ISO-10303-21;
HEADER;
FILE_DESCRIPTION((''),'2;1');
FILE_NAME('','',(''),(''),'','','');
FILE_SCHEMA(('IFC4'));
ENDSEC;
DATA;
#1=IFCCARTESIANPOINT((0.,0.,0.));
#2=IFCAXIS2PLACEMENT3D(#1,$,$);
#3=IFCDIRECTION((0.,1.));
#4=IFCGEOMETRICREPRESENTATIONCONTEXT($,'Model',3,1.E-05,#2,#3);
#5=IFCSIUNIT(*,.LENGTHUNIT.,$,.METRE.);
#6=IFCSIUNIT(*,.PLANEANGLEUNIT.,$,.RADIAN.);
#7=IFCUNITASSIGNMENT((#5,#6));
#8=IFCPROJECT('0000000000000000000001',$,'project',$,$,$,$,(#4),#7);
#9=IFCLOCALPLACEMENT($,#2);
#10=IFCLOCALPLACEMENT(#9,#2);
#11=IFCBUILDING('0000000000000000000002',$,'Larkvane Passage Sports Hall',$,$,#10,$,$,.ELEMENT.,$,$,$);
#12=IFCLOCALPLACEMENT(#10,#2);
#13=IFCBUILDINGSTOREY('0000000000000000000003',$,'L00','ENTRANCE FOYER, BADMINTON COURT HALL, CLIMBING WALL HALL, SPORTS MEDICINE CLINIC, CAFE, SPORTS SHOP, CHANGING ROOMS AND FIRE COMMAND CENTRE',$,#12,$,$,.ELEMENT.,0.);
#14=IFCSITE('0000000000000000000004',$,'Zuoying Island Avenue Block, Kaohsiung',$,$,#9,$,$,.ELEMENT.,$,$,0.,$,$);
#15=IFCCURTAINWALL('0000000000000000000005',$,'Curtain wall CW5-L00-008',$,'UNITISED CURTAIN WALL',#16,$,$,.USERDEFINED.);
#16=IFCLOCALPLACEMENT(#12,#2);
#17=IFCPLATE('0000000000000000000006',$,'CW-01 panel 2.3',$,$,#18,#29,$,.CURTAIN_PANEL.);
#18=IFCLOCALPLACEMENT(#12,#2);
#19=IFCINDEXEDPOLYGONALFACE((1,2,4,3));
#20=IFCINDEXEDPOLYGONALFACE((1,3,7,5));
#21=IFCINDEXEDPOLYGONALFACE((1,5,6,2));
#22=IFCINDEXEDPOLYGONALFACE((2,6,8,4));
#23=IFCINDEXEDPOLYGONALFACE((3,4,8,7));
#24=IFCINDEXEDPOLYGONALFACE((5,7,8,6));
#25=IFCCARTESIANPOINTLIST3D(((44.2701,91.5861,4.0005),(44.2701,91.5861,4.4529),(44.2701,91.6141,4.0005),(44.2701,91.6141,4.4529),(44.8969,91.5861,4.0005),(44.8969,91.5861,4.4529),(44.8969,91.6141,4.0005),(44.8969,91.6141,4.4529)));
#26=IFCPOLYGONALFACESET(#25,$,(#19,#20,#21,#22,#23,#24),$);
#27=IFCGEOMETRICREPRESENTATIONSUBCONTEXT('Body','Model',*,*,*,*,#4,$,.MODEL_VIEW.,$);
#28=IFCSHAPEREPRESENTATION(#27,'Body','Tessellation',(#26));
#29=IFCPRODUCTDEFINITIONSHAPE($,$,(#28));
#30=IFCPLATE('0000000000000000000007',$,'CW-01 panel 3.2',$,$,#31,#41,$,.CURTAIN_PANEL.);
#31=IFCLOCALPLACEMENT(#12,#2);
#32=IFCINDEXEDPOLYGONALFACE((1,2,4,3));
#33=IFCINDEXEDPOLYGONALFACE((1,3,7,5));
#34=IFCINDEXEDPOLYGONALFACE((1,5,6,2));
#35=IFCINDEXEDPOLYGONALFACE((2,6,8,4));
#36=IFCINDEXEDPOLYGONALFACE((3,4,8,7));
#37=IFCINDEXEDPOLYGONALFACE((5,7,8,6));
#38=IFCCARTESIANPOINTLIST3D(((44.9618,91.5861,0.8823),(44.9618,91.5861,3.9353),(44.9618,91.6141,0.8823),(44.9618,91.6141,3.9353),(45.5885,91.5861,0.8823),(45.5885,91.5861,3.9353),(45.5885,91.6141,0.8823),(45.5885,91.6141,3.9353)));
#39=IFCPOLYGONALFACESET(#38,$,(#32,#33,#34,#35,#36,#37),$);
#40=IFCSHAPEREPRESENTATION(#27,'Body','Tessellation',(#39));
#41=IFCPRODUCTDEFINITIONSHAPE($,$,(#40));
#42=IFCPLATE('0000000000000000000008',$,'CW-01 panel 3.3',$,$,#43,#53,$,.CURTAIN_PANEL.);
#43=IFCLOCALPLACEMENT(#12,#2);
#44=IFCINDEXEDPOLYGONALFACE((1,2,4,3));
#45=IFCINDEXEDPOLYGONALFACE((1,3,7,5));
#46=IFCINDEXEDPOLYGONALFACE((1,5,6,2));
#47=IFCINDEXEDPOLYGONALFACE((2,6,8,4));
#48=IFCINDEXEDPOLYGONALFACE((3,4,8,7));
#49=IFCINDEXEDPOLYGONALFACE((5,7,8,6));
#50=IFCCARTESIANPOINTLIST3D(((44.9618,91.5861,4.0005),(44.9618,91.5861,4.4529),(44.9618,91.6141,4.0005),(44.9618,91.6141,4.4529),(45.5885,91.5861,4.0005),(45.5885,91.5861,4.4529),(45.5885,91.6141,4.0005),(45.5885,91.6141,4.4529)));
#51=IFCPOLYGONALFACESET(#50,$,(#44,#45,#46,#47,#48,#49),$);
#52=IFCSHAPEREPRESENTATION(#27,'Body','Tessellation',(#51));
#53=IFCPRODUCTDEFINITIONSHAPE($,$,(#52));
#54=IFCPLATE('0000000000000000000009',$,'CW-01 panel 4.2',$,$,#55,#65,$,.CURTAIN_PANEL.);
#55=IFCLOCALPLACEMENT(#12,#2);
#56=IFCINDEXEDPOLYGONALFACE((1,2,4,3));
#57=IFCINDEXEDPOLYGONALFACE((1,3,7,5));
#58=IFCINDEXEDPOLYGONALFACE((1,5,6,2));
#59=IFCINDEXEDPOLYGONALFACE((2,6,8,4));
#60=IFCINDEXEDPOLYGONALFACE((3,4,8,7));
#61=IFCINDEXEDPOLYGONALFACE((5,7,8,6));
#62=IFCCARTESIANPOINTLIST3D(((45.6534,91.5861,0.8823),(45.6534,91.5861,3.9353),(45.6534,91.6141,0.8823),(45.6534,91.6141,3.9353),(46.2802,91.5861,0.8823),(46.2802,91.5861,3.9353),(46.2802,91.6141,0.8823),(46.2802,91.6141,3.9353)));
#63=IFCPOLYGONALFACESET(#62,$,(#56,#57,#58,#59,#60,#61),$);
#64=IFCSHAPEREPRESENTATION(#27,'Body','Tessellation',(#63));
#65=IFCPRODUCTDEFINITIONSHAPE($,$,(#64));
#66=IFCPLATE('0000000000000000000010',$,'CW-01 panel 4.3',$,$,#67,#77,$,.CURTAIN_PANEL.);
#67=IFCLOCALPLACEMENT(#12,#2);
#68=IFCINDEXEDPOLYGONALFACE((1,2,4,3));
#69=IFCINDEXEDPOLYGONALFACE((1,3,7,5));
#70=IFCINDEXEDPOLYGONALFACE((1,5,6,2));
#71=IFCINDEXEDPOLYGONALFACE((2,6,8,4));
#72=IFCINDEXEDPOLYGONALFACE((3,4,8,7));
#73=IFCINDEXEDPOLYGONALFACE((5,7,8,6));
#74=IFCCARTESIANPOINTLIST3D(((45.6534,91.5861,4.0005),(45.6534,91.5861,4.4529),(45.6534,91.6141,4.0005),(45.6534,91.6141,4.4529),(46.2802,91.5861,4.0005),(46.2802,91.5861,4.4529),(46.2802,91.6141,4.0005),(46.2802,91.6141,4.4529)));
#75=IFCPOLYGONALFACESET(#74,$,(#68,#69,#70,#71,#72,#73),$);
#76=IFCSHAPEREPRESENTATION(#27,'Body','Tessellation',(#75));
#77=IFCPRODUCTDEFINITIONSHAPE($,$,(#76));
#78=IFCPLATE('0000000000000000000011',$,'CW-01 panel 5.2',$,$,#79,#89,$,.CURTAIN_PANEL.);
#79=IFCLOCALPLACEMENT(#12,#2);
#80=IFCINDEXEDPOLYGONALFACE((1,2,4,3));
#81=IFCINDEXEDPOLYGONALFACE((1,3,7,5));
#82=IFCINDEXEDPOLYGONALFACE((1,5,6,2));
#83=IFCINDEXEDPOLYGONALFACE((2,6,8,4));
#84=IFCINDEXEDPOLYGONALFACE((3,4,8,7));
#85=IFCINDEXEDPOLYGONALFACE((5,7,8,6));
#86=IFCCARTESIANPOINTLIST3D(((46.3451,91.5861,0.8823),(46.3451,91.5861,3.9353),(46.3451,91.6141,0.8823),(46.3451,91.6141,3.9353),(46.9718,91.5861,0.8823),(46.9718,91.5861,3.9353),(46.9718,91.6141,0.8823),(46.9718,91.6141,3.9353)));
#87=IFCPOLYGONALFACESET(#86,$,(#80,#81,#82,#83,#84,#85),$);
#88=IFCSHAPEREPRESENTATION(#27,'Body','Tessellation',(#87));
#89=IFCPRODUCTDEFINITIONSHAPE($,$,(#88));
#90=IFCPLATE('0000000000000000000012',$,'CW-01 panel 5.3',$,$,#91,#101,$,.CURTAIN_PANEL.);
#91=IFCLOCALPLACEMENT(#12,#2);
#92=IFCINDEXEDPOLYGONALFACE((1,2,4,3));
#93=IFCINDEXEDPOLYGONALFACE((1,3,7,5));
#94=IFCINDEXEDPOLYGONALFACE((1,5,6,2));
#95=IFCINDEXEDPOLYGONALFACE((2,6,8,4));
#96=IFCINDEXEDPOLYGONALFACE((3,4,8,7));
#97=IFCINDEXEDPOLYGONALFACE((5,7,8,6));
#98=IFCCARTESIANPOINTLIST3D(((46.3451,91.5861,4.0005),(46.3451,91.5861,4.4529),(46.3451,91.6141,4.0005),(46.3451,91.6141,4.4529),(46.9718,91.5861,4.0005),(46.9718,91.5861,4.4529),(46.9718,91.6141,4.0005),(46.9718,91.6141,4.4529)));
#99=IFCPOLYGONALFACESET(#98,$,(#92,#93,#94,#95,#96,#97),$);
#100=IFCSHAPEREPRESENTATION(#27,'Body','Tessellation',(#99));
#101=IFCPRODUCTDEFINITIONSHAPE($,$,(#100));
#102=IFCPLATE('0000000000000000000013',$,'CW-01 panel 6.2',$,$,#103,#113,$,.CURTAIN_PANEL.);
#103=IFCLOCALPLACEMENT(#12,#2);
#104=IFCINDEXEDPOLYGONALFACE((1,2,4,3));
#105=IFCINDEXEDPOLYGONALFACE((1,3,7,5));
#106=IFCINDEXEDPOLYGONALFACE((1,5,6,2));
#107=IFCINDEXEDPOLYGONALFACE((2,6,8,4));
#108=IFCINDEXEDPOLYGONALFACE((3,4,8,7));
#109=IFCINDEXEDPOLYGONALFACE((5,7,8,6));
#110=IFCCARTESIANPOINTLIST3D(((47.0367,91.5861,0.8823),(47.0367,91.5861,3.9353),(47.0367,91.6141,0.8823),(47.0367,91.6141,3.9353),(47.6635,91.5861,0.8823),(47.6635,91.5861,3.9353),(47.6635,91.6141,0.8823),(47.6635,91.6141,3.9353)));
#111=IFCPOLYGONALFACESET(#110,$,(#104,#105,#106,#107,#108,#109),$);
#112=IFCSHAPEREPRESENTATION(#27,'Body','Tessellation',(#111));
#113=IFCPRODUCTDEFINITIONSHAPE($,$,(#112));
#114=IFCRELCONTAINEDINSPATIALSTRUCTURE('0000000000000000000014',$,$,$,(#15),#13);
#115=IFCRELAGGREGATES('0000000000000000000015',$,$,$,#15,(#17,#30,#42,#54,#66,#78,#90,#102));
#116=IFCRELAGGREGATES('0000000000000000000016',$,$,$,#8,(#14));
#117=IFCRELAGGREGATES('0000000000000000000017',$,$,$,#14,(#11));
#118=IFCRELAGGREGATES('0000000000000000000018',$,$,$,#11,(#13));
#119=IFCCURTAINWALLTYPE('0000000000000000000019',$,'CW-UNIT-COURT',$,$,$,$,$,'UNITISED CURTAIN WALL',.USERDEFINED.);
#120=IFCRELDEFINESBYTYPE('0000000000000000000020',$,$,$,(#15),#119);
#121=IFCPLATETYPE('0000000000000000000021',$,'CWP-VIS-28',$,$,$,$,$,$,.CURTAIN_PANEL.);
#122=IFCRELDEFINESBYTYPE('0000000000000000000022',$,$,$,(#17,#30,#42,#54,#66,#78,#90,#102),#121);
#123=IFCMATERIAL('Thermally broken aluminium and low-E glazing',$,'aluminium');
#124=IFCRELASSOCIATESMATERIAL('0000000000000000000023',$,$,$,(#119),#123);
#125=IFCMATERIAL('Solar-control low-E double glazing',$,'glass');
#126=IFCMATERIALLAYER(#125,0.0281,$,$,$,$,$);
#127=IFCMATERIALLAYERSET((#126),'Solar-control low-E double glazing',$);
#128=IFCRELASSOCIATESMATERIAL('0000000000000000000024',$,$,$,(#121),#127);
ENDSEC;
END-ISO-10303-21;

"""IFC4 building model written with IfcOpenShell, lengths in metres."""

from ifc_helpers import new_model, si_unit, direction, frame, origin, origin_2d, place, context, subcontext, project, spatial, rectangle, extrude, material, layer, layer_set, type_object, element, aggregate, save


model = new_model("IFC4")

# Units and contexts
model_context = context("Model", 3, precision=1e-05, world=origin(), true_north=direction((0.0, 1.0)))
body_context = subcontext(model_context, "Body", "Model", "MODEL_VIEW")
ifc_project = project(units=[si_unit("LENGTHUNIT", "METRE"), si_unit("PLANEANGLEUNIT", "RADIAN")], contexts=[model_context])

# Site, building, storey
site_placement = place(None, origin())
site = spatial("IfcSite", under=ifc_project, at=site_placement, Name="Zuoying Island Avenue Block, Kaohsiung", CompositionType="ELEMENT", RefElevation=0.0)
building_placement = place(site_placement, origin())
building = spatial("IfcBuilding", under=site, at=building_placement, Name="Larkvane Passage Sports Hall", CompositionType="ELEMENT")
storey_placement = place(building_placement, origin())
storey = spatial("IfcBuildingStorey", under=building, at=storey_placement, Name="L00", Description="ENTRANCE FOYER, BADMINTON COURT HALL, CLIMBING WALL HALL, SPORTS MEDICINE CLINIC, CAFE, SPORTS SHOP, CHANGING ROOMS AND FIRE COMMAND CENTRE", CompositionType="ELEMENT", Elevation=0.0)

# Curtain wall, plates
ifc_material_1 = material(Name="Thermally broken aluminium and low-E glazing", Category="aluminium")
curtain_wall_type = type_object("IfcCurtainWallType", Name="CW-UNIT-COURT", ElementType="UNITISED CURTAIN WALL", PredefinedType="USERDEFINED", material=ifc_material_1)
curtain_wall_placement = place(storey_placement, origin())
curtain_wall = element("IfcCurtainWall", 1, at=curtain_wall_placement, inside=storey, type_object=curtain_wall_type, Name="Curtain wall CW5-L00-008", ObjectType="UNITISED CURTAIN WALL", PredefinedType="USERDEFINED")
ifc_material_2 = material(Name="Solar-control low-E double glazing", Category="glass")
ifc_layer = layer(ifc_material_2, 0.0281)
ifc_layer_set = layer_set([ifc_layer], Name="Solar-control low-E double glazing")
plate_type = type_object("IfcPlateType", Name="CWP-VIS-28", PredefinedType="CURTAIN_PANEL", material=ifc_layer_set)
plate_1_placement = place(storey_placement, frame((44.5835, 91.6001, 4.0005), z_axis=(0.0, 0.0, 1.0), x_axis=(1.0, 0.0, 0.0)))
plate_1 = element("IfcPlate", 2, at=plate_1_placement, type_object=plate_type, Name="CW-01 panel 2.3", PredefinedType="CURTAIN_PANEL", context=body_context, shape_type="SweptSolid", body=[
    extrude(rectangle(XDim=0.6267, YDim=0.0281, at=origin_2d()), origin(), (0.0, 0.0, 1.0), 0.4524),
])
plate_2_placement = place(storey_placement, frame((45.2751, 91.6001, 0.8823), z_axis=(0.0, 0.0, 1.0), x_axis=(1.0, 0.0, 0.0)))
plate_2 = element("IfcPlate", 3, at=plate_2_placement, type_object=plate_type, Name="CW-01 panel 3.2", PredefinedType="CURTAIN_PANEL", context=body_context, shape_type="SweptSolid", body=[
    extrude(rectangle(XDim=0.6267, YDim=0.0281, at=origin_2d()), origin(), (0.0, 0.0, 1.0), 3.053),
])
plate_3_placement = place(storey_placement, frame((45.2751, 91.6001, 4.0005), z_axis=(0.0, 0.0, 1.0), x_axis=(1.0, 0.0, 0.0)))
plate_3 = element("IfcPlate", 4, at=plate_3_placement, type_object=plate_type, Name="CW-01 panel 3.3", PredefinedType="CURTAIN_PANEL", context=body_context, shape_type="SweptSolid", body=[
    extrude(rectangle(XDim=0.6267, YDim=0.0281, at=origin_2d()), origin(), (0.0, 0.0, 1.0), 0.4524),
])
plate_4_placement = place(storey_placement, frame((45.9668, 91.6001, 0.8823), z_axis=(0.0, 0.0, 1.0), x_axis=(1.0, 0.0, 0.0)))
plate_4 = element("IfcPlate", 5, at=plate_4_placement, type_object=plate_type, Name="CW-01 panel 4.2", PredefinedType="CURTAIN_PANEL", context=body_context, shape_type="SweptSolid", body=[
    extrude(rectangle(XDim=0.6267, YDim=0.0281, at=origin_2d()), origin(), (0.0, 0.0, 1.0), 3.053),
])
plate_5_placement = place(storey_placement, frame((45.9668, 91.6001, 4.0005), z_axis=(0.0, 0.0, 1.0), x_axis=(1.0, 0.0, 0.0)))
plate_5 = element("IfcPlate", 6, at=plate_5_placement, type_object=plate_type, Name="CW-01 panel 4.3", PredefinedType="CURTAIN_PANEL", context=body_context, shape_type="SweptSolid", body=[
    extrude(rectangle(XDim=0.6267, YDim=0.0281, at=origin_2d()), origin(), (0.0, 0.0, 1.0), 0.4524),
])
plate_6_placement = place(storey_placement, frame((46.6584, 91.6001, 0.8823), z_axis=(0.0, 0.0, 1.0), x_axis=(1.0, 0.0, 0.0)))
plate_6 = element("IfcPlate", 7, at=plate_6_placement, type_object=plate_type, Name="CW-01 panel 5.2", PredefinedType="CURTAIN_PANEL", context=body_context, shape_type="SweptSolid", body=[
    extrude(rectangle(XDim=0.6267, YDim=0.0281, at=origin_2d()), origin(), (0.0, 0.0, 1.0), 3.053),
])
plate_7_placement = place(storey_placement, frame((46.6584, 91.6001, 4.0005), z_axis=(0.0, 0.0, 1.0), x_axis=(1.0, 0.0, 0.0)))
plate_7 = element("IfcPlate", 8, at=plate_7_placement, type_object=plate_type, Name="CW-01 panel 5.3", PredefinedType="CURTAIN_PANEL", context=body_context, shape_type="SweptSolid", body=[
    extrude(rectangle(XDim=0.6267, YDim=0.0281, at=origin_2d()), origin(), (0.0, 0.0, 1.0), 0.4524),
])
plate_8_placement = place(storey_placement, frame((47.3501, 91.6001, 0.8823), z_axis=(0.0, 0.0, 1.0), x_axis=(1.0, 0.0, 0.0)))
plate_8 = element("IfcPlate", 9, at=plate_8_placement, type_object=plate_type, Name="CW-01 panel 6.2", PredefinedType="CURTAIN_PANEL", context=body_context, shape_type="SweptSolid", body=[
    extrude(rectangle(XDim=0.6267, YDim=0.0281, at=origin_2d()), origin(), (0.0, 0.0, 1.0), 3.053),
])
aggregate(curtain_wall, [plate_1, plate_2, plate_3, plate_4, plate_5, plate_6, plate_7, plate_8])

save(model, "model.ifc")
